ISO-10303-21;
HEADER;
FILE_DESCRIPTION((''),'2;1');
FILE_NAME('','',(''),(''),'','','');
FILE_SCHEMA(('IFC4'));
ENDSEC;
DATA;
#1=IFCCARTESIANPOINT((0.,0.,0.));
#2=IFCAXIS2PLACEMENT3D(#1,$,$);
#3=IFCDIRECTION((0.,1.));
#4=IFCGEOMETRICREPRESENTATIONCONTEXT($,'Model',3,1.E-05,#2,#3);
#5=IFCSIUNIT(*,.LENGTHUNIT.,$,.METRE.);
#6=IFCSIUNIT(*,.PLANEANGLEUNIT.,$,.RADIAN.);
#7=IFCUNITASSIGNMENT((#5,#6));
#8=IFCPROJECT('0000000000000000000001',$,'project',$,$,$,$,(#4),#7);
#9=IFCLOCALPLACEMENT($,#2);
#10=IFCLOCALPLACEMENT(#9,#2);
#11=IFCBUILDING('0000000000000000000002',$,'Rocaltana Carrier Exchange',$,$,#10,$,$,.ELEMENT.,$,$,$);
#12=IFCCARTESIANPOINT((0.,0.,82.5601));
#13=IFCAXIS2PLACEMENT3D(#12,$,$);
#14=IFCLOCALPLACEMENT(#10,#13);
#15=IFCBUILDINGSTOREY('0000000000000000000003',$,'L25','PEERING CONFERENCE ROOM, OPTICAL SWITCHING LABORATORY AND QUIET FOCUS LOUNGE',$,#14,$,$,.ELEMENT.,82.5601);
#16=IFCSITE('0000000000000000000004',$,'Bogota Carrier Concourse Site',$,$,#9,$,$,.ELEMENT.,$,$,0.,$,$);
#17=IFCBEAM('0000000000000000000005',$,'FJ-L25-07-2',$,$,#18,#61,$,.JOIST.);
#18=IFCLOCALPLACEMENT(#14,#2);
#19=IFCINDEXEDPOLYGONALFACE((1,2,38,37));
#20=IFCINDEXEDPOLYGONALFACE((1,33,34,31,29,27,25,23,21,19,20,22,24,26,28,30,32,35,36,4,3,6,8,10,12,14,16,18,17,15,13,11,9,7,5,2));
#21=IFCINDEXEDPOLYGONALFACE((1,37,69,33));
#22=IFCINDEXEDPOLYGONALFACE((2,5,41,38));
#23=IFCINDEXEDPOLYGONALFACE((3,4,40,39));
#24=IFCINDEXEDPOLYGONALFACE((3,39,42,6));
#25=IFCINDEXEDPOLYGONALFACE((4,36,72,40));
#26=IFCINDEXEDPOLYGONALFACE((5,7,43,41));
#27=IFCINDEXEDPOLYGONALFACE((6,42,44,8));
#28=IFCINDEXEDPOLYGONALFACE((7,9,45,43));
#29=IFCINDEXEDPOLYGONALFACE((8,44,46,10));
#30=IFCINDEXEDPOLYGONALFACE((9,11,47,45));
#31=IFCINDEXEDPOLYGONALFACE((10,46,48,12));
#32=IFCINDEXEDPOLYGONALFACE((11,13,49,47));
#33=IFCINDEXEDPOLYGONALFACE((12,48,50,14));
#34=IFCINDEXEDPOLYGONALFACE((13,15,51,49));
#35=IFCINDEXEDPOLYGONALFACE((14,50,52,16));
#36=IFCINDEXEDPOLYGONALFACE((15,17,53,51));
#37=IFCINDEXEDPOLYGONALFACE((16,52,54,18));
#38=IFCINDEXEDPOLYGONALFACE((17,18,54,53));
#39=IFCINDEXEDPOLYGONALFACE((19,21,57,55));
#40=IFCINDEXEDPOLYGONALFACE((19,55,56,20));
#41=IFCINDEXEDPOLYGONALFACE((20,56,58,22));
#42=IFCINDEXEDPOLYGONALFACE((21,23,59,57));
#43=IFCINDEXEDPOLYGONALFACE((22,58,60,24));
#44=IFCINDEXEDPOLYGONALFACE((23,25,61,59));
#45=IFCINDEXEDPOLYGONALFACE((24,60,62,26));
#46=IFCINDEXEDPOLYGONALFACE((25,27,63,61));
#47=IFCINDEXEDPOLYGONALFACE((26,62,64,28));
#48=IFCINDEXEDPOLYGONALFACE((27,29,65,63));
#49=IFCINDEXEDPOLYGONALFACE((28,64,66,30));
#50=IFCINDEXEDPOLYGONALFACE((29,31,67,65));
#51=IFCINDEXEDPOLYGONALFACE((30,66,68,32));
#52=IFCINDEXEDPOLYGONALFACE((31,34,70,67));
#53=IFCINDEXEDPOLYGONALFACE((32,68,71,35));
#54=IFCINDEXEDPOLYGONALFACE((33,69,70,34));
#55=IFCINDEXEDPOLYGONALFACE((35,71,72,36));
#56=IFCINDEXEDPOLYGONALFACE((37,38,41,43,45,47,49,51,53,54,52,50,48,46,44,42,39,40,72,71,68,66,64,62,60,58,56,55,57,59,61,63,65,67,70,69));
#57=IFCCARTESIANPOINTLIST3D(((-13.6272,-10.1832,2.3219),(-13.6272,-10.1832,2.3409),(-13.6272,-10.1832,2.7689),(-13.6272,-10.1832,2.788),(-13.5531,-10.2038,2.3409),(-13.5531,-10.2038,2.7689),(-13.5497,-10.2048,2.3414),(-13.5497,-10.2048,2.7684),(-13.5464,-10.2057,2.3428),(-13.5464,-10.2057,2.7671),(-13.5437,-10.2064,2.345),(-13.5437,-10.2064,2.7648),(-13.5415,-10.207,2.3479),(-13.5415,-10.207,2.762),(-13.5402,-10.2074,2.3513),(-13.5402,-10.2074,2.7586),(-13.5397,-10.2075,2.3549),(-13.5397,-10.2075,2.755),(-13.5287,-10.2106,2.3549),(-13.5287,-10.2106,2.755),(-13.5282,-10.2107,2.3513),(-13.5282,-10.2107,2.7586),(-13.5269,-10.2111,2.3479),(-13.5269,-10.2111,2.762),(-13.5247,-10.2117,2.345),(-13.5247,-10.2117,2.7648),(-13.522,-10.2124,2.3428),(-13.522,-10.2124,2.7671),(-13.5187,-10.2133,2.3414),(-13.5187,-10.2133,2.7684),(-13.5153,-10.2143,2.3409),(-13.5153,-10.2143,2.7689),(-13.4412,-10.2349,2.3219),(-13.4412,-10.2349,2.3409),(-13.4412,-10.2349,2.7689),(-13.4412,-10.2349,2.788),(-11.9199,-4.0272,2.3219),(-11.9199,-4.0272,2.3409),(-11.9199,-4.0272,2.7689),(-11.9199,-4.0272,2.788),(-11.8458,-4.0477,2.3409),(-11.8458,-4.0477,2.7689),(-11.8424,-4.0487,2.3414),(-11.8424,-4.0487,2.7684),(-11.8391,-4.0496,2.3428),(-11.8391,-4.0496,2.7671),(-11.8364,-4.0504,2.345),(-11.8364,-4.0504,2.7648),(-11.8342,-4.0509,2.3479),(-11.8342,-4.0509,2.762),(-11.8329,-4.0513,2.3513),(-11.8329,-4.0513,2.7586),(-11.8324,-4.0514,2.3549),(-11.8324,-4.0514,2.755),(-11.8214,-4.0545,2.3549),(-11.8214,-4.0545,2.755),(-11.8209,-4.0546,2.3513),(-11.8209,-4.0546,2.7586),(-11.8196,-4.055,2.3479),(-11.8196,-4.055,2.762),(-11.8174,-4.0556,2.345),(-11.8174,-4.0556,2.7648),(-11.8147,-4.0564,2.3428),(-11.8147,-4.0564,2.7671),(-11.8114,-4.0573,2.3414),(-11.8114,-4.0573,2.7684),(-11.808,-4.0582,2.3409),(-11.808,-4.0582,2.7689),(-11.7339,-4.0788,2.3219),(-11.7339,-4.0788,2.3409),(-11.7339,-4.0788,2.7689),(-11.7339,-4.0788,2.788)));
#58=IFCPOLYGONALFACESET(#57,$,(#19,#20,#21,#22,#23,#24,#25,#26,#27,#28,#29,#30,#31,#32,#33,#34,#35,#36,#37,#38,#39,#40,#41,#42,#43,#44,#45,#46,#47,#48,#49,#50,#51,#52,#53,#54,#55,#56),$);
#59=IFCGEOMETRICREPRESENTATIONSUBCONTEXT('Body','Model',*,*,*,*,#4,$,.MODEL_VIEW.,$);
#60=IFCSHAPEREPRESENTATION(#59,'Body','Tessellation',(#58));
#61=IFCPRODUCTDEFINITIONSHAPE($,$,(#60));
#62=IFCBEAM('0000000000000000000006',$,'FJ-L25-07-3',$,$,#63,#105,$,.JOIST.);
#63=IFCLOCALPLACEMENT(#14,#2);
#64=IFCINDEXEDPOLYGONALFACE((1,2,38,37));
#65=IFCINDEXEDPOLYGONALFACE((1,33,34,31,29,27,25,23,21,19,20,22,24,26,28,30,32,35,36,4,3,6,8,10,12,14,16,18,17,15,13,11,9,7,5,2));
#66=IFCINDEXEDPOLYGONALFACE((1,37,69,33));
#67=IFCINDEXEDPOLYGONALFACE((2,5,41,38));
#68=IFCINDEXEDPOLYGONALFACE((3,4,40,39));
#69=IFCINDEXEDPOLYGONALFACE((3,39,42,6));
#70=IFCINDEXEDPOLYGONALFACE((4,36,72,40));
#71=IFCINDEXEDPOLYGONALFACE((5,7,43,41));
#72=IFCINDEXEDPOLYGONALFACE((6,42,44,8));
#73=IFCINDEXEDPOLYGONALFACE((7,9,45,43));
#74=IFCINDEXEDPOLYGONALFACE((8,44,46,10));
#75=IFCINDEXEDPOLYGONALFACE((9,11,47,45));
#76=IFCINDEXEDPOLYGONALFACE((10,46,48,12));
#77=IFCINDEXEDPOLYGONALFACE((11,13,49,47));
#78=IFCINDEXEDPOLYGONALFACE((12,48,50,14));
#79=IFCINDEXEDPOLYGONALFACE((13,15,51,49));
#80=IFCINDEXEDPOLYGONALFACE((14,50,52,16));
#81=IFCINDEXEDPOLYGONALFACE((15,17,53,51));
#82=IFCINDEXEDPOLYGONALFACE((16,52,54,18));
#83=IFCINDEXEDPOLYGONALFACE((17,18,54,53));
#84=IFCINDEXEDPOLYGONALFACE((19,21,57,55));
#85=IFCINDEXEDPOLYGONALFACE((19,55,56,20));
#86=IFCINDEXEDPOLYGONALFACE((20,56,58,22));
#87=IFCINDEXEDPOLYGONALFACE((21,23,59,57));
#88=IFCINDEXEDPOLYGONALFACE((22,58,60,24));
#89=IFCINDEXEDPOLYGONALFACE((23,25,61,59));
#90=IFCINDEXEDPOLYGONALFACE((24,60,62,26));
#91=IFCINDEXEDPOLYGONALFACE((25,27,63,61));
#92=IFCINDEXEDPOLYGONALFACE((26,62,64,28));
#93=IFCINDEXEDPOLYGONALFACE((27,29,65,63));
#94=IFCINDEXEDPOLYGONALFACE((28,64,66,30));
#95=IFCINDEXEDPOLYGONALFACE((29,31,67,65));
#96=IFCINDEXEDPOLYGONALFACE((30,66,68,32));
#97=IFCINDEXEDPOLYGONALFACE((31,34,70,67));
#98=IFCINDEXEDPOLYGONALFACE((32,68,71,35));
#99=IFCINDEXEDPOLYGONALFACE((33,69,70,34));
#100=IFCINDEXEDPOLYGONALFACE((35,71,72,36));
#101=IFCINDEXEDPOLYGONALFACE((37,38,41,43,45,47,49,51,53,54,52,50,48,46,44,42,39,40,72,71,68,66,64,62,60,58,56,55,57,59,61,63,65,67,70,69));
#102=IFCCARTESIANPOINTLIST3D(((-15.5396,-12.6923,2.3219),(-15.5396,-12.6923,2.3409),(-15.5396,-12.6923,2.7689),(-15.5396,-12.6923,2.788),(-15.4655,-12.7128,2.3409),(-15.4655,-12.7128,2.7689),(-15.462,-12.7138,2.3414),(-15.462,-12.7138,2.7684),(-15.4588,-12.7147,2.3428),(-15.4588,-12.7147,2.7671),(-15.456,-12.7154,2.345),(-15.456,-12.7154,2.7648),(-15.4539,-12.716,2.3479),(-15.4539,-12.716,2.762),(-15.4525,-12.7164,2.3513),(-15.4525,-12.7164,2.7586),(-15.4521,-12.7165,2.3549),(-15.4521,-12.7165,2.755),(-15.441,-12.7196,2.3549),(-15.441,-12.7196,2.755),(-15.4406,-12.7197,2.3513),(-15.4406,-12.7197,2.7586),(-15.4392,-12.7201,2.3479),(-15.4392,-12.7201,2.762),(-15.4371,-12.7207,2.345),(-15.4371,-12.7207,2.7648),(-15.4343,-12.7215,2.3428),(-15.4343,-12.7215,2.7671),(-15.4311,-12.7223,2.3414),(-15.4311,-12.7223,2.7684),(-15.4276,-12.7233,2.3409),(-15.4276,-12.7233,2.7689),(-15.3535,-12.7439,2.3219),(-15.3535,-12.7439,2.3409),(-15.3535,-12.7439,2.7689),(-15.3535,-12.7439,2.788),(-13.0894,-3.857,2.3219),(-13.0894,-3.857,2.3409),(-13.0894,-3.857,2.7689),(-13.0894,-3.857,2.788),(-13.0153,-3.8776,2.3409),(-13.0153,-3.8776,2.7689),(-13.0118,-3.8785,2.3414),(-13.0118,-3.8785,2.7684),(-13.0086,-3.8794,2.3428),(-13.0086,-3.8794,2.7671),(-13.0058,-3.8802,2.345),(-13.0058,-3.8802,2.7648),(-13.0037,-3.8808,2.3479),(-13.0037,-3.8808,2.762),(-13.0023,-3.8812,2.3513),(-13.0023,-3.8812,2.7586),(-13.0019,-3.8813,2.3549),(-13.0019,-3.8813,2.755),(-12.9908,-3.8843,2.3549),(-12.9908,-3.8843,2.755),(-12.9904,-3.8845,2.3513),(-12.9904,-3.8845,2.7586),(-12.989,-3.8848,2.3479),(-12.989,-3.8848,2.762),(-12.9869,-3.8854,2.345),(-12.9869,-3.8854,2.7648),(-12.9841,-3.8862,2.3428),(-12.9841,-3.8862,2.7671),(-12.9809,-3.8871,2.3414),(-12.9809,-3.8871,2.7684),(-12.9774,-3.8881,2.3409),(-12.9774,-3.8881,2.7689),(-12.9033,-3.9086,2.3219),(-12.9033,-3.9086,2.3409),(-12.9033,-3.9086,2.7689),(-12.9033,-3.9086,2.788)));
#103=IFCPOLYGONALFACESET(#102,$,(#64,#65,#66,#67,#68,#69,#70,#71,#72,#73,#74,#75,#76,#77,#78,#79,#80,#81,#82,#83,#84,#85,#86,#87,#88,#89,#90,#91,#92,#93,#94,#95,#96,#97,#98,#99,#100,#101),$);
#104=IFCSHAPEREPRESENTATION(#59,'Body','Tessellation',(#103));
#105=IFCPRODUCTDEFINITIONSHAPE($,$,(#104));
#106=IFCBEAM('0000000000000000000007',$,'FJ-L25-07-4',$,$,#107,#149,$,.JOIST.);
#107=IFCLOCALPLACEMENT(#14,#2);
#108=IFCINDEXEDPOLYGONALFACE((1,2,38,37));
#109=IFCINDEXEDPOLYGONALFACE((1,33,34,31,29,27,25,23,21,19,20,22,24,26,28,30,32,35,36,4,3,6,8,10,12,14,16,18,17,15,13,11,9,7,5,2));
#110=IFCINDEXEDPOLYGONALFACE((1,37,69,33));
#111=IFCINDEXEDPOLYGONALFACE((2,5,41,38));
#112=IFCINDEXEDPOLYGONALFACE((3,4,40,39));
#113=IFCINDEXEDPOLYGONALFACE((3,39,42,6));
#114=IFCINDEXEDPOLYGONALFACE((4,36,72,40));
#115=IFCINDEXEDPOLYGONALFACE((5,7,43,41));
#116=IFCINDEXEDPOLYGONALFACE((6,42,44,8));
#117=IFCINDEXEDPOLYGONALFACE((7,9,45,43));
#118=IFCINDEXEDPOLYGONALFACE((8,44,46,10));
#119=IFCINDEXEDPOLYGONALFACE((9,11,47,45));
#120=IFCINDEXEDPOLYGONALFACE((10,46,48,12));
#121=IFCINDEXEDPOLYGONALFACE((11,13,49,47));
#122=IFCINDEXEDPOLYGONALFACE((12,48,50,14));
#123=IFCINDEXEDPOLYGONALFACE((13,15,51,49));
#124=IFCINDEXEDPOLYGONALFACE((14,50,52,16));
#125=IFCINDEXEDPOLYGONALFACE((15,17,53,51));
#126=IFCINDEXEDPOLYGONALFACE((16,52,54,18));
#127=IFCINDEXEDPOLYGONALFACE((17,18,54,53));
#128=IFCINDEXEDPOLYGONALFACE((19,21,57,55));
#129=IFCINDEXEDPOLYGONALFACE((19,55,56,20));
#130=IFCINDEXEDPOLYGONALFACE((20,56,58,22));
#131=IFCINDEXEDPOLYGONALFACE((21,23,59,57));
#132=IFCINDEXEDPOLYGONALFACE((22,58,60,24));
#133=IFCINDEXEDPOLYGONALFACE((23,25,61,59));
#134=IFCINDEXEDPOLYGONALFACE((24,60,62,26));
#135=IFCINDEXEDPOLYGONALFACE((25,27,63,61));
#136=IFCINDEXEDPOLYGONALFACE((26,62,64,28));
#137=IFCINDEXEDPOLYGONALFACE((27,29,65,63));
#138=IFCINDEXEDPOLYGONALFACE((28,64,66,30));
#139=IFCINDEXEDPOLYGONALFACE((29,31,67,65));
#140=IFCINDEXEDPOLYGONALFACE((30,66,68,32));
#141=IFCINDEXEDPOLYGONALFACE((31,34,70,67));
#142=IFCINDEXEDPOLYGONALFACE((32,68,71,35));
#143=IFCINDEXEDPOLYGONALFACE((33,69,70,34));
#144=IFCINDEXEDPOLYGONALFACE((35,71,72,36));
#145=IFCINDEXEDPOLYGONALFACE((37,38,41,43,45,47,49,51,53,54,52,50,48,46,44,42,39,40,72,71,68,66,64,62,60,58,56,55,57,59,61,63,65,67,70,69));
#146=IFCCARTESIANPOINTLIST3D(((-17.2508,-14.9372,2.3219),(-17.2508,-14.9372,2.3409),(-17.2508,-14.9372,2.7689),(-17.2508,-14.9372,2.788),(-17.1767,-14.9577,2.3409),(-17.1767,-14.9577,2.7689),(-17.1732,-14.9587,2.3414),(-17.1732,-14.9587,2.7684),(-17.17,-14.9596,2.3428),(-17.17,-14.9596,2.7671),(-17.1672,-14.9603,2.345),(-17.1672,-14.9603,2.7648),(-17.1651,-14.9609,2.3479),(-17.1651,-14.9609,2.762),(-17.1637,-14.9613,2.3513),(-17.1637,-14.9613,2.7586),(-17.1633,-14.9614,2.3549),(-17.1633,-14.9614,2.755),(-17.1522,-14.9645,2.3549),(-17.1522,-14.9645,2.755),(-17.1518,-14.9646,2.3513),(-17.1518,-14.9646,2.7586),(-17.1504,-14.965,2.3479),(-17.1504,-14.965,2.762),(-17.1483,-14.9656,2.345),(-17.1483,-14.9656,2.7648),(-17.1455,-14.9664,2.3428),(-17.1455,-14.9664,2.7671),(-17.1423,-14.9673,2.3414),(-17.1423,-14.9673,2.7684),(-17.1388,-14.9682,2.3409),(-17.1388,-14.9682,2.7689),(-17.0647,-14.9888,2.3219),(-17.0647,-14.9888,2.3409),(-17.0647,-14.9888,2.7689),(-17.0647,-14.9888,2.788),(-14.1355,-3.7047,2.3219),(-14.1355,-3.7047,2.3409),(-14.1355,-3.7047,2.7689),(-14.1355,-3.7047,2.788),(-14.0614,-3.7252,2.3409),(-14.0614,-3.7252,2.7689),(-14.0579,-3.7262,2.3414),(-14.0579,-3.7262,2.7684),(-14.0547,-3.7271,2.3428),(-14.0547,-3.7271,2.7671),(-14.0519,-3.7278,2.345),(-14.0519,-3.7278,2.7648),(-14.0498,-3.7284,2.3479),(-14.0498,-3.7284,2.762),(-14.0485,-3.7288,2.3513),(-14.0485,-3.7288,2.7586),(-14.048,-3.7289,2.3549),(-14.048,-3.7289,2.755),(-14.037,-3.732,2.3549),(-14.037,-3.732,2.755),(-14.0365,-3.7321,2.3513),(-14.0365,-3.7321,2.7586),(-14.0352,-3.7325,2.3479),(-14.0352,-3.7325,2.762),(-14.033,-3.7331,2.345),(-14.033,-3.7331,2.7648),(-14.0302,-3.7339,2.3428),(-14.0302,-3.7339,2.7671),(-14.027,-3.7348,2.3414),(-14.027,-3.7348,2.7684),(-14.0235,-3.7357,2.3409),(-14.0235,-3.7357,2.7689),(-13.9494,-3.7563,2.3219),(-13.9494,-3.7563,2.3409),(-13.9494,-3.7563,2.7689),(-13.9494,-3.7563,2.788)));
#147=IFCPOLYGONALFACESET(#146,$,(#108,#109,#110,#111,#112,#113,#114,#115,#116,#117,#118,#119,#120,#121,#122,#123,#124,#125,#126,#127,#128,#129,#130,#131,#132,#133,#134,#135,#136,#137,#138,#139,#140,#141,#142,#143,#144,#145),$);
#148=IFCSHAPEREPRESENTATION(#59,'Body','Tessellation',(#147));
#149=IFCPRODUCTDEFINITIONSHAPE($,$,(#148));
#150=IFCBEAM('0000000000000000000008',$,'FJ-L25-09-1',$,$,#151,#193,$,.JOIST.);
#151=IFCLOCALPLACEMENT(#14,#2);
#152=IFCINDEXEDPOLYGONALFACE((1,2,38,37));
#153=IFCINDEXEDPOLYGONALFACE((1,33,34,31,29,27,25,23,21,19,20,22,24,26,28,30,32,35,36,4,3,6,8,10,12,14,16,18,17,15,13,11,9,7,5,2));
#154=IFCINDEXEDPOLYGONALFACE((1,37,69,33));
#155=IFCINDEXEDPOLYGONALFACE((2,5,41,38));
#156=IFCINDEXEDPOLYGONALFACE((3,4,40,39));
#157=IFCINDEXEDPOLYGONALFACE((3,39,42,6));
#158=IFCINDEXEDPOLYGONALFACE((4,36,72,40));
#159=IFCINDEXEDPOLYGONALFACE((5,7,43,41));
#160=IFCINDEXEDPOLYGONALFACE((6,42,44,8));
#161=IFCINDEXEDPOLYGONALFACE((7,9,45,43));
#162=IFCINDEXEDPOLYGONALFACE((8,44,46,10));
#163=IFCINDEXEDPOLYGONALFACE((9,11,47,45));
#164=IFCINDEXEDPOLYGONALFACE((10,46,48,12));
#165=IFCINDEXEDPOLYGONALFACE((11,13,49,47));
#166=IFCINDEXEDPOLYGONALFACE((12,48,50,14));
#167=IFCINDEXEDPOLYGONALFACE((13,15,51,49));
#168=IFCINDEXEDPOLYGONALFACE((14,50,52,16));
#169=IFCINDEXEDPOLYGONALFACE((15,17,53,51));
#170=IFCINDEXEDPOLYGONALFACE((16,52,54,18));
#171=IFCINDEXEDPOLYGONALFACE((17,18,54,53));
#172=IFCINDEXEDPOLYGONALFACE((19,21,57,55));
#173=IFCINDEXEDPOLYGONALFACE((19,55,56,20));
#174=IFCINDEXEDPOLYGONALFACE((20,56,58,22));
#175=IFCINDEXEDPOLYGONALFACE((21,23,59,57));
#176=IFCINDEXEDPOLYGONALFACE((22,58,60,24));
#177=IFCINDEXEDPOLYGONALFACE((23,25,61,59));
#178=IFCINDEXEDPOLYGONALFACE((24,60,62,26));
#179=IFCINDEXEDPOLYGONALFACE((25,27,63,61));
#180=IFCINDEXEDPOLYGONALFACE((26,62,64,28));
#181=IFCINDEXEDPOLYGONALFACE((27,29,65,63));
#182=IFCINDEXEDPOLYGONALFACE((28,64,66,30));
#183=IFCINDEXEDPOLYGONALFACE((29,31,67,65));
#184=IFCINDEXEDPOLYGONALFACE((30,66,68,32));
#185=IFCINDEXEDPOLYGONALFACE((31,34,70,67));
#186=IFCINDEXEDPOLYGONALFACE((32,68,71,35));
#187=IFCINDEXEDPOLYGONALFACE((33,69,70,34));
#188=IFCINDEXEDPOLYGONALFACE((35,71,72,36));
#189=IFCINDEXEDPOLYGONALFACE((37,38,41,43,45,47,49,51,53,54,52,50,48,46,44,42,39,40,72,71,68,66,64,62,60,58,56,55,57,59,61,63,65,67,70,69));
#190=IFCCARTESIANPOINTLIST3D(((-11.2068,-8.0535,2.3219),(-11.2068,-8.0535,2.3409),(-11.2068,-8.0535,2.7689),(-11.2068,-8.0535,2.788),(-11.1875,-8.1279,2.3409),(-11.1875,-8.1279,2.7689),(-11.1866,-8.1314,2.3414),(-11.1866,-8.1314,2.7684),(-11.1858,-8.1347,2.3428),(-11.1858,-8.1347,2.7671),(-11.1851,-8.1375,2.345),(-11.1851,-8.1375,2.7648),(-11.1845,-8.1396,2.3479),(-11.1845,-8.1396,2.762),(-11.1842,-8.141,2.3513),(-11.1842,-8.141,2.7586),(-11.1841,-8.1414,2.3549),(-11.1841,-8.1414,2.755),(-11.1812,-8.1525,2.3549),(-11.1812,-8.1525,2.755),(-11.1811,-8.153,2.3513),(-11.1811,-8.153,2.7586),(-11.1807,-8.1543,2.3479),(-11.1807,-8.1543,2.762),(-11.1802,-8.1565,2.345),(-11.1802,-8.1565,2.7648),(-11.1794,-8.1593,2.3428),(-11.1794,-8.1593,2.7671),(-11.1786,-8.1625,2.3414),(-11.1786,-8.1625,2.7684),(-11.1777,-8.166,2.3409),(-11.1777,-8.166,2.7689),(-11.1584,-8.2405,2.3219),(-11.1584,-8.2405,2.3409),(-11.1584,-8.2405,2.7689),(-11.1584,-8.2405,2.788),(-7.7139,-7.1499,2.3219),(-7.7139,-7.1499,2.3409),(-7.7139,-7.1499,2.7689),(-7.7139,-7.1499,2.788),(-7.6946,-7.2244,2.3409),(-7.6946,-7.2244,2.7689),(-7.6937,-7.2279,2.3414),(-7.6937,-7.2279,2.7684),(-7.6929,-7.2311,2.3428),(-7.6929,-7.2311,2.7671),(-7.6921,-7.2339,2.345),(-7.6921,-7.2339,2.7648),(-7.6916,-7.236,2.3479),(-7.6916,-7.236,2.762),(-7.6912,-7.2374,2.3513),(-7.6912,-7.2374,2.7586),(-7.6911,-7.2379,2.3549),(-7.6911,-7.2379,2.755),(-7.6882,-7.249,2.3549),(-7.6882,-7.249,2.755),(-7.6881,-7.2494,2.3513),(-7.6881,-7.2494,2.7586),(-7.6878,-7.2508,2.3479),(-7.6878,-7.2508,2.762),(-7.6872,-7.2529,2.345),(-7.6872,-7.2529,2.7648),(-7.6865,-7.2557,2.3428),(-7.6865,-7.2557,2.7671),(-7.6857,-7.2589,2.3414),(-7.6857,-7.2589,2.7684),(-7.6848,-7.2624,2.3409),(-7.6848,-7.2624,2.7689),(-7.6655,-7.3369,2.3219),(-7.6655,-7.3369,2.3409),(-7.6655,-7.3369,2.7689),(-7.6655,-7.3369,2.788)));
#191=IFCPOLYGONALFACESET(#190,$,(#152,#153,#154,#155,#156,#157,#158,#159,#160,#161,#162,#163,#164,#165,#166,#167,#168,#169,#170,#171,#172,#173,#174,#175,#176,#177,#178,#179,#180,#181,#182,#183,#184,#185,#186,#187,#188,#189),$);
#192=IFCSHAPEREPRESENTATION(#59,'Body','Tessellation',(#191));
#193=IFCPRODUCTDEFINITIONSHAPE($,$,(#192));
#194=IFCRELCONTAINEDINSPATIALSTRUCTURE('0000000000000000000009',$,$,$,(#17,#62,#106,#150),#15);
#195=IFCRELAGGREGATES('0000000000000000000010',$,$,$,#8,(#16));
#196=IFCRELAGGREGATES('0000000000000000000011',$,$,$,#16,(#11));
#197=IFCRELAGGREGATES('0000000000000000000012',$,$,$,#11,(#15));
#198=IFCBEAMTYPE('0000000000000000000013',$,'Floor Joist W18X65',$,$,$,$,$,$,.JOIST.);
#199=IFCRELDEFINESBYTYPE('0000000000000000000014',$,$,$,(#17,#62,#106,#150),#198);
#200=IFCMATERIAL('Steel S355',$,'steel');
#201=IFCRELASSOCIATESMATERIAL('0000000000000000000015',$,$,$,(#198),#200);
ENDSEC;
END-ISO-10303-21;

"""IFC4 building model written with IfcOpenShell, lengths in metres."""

from ifc_helpers import new_model, si_unit, direction, frame, origin, origin_2d, place, context, subcontext, project, spatial, i_section, extrude, material, material_profile, profile_set, type_object, element, save


model = new_model("IFC4")

# Units and contexts
model_context = context("Model", 3, precision=1e-05, world=origin(), true_north=direction((0.0, 1.0)))
body_context = subcontext(model_context, "Body", "Model", "MODEL_VIEW")
ifc_project = project(units=[si_unit("LENGTHUNIT", "METRE"), si_unit("PLANEANGLEUNIT", "RADIAN")], contexts=[model_context])

# Site, building, storey
site_placement = place(None, origin())
site = spatial("IfcSite", under=ifc_project, at=site_placement, Name="Bogota Carrier Concourse Site", CompositionType="ELEMENT", RefElevation=0.0)
building_placement = place(site_placement, origin())
building = spatial("IfcBuilding", under=site, at=building_placement, Name="Rocaltana Carrier Exchange", CompositionType="ELEMENT")
storey_placement = place(building_placement, frame((0.0, 0.0, 82.5601)))
storey = spatial("IfcBuildingStorey", under=building, at=storey_placement, Name="L25", Description="PEERING CONFERENCE ROOM, OPTICAL SWITCHING LABORATORY AND QUIET FOCUS LOUNGE", CompositionType="ELEMENT", Elevation=82.5601)

# Beams
ifc_material_1 = material(Name="Steel S355", Category="steel")
ifc_material_profile_1 = material_profile(ifc_material_1, i_section(OverallWidth=0.1931, OverallDepth=0.4661, WebThickness=0.0115, FlangeThickness=0.019, FilletRadius=0.0139, at=origin_2d()), Name="W18X65")
ifc_profile_set_1 = profile_set([ifc_material_profile_1], Name="Steel S355")
beam_type_1 = type_object("IfcBeamType", Name="Floor Joist W18X65", PredefinedType="JOIST", material=ifc_profile_set_1)
beam_1_placement = place(storey_placement, frame((-11.8269, -4.053, 2.5549), z_axis=(-0.267248, -0.963628, 0.0), x_axis=(0.963628, -0.267248, 0.0)))
element("IfcBeam", 1, at=beam_1_placement, inside=storey, type_object=beam_type_1, Name="FJ-L25-07-2", PredefinedType="JOIST", context=body_context, shape_type="SweptSolid", body=[
    extrude(i_section(OverallWidth=0.1931, OverallDepth=0.4661, WebThickness=0.0115, FlangeThickness=0.019, FilletRadius=0.0139, at=origin_2d()), origin(), (0.0, 0.0, 1.0), 6.3884),
])
beam_2_placement = place(storey_placement, frame((-12.9963, -3.8828, 2.5549), z_axis=(-0.267236, -0.963631, 0.0), x_axis=(0.963631, -0.267236, 0.0)))
element("IfcBeam", 2, at=beam_2_placement, inside=storey, type_object=beam_type_1, Name="FJ-L25-07-3", PredefinedType="JOIST", context=body_context, shape_type="SweptSolid", body=[
    extrude(i_section(OverallWidth=0.1931, OverallDepth=0.4661, WebThickness=0.0115, FlangeThickness=0.019, FilletRadius=0.0139, at=origin_2d()), origin(), (0.0, 0.0, 1.0), 9.1687),
])
beam_3_placement = place(storey_placement, frame((-14.0425, -3.7305, 2.5549), z_axis=(-0.267255, -0.963626, 0.0), x_axis=(0.963626, -0.267255, 0.0)))
element("IfcBeam", 3, at=beam_3_placement, inside=storey, type_object=beam_type_1, Name="FJ-L25-07-4", PredefinedType="JOIST", context=body_context, shape_type="SweptSolid", body=[
    extrude(i_section(OverallWidth=0.1931, OverallDepth=0.4661, WebThickness=0.0115, FlangeThickness=0.019, FilletRadius=0.0139, at=origin_2d()), origin(), (0.0, 0.0, 1.0), 11.6565),
])
beam_4_placement = place(storey_placement, frame((-11.1826, -8.147, 2.5549), z_axis=(0.968132, 0.250441, 0.0), x_axis=(-0.250441, 0.968132, 0.0)))
element("IfcBeam", 4, at=beam_4_placement, inside=storey, type_object=beam_type_1, Name="FJ-L25-09-1", PredefinedType="JOIST", context=body_context, shape_type="SweptSolid", body=[
    extrude(i_section(OverallWidth=0.1931, OverallDepth=0.4661, WebThickness=0.0115, FlangeThickness=0.019, FilletRadius=0.0139, at=origin_2d()), origin(), (0.0, 0.0, 1.0), 3.6079),
])

save(model, "model.ifc")
